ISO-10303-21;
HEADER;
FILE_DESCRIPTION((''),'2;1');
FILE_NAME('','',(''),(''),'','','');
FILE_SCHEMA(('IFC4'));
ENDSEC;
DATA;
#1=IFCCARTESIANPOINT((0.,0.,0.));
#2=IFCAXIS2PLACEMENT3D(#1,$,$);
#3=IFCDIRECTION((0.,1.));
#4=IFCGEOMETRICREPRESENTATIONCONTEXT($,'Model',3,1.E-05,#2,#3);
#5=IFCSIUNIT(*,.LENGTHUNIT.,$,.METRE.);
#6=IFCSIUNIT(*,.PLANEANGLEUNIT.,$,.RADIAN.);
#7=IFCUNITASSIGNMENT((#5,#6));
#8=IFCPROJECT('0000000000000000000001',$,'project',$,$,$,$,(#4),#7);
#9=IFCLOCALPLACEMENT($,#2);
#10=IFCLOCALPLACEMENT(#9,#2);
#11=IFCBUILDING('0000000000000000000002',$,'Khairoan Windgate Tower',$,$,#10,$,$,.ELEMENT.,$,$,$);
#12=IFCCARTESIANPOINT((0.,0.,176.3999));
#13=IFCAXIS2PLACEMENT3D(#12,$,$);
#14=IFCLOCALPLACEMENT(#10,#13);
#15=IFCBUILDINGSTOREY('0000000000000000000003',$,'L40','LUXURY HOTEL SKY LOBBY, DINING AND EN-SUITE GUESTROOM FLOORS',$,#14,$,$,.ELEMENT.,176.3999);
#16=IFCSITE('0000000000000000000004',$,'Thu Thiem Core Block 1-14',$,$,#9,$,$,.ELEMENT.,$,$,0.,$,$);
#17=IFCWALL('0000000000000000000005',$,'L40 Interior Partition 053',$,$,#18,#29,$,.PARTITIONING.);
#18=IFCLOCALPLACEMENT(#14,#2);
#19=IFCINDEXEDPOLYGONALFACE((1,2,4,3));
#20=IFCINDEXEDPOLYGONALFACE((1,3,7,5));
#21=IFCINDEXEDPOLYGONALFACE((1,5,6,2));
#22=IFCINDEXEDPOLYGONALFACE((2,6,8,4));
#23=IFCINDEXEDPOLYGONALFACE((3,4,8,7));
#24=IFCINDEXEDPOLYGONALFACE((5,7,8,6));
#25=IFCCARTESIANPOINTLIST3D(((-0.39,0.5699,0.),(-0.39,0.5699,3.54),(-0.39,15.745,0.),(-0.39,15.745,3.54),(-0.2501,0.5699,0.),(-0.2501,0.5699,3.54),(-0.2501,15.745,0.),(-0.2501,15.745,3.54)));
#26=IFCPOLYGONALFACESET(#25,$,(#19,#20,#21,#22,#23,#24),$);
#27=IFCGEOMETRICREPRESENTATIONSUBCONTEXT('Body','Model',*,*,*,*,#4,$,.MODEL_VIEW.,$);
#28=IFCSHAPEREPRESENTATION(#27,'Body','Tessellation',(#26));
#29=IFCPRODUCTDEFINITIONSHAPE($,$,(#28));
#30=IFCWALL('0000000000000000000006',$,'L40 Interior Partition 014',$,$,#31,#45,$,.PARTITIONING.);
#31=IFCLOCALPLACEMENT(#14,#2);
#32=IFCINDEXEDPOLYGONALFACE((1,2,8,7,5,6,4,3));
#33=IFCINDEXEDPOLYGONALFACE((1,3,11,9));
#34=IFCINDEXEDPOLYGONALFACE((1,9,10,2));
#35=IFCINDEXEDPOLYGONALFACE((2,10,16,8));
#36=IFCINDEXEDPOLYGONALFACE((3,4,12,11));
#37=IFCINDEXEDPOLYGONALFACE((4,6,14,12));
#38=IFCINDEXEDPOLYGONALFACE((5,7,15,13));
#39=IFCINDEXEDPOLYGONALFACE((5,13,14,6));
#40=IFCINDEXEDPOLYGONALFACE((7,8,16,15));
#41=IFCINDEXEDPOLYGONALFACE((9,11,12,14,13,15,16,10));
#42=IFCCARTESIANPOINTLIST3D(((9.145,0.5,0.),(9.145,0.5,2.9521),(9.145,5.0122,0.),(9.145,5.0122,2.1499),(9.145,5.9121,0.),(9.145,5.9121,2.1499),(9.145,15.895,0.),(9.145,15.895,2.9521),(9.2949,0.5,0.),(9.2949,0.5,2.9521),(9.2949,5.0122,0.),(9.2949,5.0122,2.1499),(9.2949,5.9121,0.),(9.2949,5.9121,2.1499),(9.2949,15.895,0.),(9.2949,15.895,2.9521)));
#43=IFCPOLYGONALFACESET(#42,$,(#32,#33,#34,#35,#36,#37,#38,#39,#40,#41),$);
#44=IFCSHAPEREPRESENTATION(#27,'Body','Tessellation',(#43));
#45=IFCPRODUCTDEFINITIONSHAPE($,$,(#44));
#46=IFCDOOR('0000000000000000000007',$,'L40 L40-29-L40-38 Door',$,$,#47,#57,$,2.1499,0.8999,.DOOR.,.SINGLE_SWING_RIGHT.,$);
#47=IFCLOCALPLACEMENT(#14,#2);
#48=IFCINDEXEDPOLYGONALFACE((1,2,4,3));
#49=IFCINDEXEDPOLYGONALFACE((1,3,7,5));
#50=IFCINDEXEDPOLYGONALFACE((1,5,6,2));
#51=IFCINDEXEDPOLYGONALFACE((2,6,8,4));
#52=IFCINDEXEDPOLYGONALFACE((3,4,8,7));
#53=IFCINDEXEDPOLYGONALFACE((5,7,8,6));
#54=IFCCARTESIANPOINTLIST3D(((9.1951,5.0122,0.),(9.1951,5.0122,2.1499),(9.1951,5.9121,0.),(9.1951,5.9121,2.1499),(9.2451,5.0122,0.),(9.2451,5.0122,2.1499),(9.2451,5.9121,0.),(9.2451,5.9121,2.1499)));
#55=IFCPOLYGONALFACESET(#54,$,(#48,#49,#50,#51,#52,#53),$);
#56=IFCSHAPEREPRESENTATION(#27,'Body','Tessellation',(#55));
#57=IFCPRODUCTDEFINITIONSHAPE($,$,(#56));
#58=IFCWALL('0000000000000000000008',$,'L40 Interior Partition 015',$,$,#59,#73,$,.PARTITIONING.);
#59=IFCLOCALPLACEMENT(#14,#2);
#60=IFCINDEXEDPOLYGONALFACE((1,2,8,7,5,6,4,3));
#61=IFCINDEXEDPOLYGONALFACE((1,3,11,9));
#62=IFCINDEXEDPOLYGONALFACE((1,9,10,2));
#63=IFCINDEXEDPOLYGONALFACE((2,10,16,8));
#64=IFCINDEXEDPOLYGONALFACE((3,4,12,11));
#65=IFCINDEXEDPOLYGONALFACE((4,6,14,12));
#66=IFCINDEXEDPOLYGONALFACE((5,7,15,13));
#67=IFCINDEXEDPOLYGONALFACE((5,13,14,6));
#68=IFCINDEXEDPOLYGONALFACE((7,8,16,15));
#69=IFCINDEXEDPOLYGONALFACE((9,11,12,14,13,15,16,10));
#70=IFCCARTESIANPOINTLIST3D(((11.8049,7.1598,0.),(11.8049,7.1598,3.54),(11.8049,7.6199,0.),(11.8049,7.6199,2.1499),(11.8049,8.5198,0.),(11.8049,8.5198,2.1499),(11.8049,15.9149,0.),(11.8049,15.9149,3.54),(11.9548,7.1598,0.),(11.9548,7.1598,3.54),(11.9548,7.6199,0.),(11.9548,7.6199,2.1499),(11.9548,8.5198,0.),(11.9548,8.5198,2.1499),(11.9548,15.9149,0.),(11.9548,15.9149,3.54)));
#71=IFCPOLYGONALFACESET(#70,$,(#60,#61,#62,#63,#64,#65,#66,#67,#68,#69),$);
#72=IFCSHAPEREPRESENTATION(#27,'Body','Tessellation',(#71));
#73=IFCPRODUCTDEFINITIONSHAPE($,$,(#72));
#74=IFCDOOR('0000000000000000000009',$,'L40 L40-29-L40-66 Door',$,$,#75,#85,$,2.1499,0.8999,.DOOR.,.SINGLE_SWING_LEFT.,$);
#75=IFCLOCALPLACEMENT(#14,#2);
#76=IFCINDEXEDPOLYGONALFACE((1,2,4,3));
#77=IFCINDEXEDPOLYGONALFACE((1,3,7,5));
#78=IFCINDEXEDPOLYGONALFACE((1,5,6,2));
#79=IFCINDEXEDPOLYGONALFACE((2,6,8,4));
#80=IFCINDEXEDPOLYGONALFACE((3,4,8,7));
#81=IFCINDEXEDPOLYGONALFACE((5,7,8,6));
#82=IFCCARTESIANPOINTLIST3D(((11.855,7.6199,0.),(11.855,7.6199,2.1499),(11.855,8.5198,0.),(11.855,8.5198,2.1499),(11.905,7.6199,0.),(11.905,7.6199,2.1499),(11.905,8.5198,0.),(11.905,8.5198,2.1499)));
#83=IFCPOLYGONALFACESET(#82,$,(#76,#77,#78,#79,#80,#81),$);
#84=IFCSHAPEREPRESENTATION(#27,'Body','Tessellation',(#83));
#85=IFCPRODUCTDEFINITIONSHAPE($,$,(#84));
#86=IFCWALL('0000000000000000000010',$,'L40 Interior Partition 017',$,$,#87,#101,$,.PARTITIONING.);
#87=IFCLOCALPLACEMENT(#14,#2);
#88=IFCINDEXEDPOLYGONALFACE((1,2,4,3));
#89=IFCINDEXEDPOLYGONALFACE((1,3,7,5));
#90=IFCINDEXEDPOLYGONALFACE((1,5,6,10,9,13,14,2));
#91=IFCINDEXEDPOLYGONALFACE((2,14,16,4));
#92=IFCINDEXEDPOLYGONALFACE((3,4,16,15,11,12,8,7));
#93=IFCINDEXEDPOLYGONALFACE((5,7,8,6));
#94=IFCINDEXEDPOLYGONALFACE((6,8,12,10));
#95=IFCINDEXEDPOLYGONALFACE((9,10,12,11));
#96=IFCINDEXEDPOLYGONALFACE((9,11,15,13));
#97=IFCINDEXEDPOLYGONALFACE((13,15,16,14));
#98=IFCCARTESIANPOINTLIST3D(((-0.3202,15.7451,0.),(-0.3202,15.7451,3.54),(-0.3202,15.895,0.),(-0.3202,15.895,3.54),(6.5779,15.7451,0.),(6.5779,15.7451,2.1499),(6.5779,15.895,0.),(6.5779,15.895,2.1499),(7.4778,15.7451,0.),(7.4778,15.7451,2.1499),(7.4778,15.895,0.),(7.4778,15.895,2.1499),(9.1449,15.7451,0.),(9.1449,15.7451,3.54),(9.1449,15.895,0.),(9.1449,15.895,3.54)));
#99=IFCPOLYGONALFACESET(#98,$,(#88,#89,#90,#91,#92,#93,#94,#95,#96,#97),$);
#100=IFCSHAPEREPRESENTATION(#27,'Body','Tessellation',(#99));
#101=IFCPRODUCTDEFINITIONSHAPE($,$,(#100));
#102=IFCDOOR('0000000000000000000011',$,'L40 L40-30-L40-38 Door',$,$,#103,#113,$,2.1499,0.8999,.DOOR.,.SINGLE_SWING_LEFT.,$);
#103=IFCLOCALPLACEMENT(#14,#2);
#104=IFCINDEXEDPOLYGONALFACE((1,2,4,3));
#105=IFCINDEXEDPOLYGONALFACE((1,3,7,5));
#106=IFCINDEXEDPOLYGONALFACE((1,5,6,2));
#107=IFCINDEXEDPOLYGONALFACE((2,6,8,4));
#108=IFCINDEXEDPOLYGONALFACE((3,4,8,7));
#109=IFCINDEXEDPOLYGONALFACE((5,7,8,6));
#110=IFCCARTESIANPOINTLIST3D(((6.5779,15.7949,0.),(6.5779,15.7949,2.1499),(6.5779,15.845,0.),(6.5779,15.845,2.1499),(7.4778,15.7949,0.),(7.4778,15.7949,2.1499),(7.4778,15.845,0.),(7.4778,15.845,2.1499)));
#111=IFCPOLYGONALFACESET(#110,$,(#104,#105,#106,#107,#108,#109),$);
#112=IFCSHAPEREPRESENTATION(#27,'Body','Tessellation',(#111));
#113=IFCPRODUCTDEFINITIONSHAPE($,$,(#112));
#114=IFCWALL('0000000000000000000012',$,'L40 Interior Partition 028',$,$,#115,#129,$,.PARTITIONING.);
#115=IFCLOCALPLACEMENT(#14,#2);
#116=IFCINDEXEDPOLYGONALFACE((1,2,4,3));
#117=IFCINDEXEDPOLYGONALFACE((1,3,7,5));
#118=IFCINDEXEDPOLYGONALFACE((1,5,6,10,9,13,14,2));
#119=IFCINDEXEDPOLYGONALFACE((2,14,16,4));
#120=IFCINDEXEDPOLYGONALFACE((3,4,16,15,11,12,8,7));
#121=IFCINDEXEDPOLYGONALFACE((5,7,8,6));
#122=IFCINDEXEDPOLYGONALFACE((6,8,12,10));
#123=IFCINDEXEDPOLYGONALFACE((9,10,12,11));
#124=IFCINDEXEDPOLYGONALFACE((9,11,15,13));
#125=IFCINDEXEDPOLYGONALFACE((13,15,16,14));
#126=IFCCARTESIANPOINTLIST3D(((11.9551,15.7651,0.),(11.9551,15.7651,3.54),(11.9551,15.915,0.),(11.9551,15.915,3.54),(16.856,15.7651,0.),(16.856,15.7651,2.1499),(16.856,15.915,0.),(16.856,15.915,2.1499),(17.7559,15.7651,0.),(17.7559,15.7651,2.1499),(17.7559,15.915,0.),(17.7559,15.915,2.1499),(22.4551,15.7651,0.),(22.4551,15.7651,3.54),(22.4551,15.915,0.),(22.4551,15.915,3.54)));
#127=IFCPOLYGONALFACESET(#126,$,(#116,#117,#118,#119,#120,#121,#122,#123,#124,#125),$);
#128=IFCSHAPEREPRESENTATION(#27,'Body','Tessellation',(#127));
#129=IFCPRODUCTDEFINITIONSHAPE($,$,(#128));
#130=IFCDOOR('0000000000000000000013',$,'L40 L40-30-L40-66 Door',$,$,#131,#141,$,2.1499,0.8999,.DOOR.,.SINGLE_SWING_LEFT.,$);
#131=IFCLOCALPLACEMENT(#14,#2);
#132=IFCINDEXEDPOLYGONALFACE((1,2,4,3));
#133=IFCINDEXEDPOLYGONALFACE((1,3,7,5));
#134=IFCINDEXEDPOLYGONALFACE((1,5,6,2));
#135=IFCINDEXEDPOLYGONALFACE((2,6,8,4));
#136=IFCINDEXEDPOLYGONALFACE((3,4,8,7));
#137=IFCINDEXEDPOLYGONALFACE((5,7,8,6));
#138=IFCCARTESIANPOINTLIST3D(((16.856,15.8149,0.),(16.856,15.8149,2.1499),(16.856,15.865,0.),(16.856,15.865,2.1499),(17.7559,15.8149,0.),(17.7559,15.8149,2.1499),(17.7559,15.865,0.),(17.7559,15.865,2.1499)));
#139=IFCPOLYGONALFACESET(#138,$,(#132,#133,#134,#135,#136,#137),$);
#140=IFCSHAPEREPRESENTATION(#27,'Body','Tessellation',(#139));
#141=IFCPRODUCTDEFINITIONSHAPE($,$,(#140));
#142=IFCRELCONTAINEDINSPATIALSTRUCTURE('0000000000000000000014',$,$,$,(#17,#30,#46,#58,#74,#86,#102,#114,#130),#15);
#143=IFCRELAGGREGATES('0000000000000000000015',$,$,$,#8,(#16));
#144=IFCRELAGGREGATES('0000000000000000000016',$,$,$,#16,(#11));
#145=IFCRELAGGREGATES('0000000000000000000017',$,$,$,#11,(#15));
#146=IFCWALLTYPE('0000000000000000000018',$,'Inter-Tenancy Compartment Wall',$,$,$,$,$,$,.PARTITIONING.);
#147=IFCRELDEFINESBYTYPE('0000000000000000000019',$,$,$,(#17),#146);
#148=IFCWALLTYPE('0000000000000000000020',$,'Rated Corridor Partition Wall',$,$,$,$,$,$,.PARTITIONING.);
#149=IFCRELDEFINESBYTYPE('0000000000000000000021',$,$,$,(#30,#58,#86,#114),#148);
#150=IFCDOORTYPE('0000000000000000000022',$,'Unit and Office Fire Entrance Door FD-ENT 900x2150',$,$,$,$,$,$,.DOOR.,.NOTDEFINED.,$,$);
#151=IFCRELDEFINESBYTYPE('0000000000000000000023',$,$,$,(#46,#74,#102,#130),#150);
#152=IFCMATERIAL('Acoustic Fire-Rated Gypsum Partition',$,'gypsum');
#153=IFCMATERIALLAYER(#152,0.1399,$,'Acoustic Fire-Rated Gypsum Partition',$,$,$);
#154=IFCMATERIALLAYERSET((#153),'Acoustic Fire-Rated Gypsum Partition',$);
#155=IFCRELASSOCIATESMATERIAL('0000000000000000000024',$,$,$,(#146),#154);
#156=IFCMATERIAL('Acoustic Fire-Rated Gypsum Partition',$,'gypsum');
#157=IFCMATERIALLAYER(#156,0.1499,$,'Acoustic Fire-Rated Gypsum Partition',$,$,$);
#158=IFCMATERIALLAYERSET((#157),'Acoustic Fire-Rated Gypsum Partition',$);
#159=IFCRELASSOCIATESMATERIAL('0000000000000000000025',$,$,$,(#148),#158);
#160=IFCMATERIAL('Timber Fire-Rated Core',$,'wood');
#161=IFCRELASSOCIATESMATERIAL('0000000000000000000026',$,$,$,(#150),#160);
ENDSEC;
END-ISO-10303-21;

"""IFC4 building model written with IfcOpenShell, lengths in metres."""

from ifc_helpers import new_model, si_unit, direction, frame, frame_2d, origin, place, context, subcontext, project, spatial, rectangle, extrude, material, layer, layer_set, type_object, element, fill, save


model = new_model("IFC4")

# Units and contexts
model_context = context("Model", 3, precision=1e-05, world=origin(), true_north=direction((0.0, 1.0)))
body_context = subcontext(model_context, "Body", "Model", "MODEL_VIEW")
ifc_project = project(units=[si_unit("LENGTHUNIT", "METRE"), si_unit("PLANEANGLEUNIT", "RADIAN")], contexts=[model_context])

# Site, building, storey
site_placement = place(None, origin())
site = spatial("IfcSite", under=ifc_project, at=site_placement, Name="Thu Thiem Core Block 1-14", CompositionType="ELEMENT", RefElevation=0.0)
building_placement = place(site_placement, origin())
building = spatial("IfcBuilding", under=site, at=building_placement, Name="Khairoan Windgate Tower", CompositionType="ELEMENT")
storey_placement = place(building_placement, frame((0.0, 0.0, 176.3999)))
storey = spatial("IfcBuildingStorey", under=building, at=storey_placement, Name="L40", Description="LUXURY HOTEL SKY LOBBY, DINING AND EN-SUITE GUESTROOM FLOORS", CompositionType="ELEMENT", Elevation=176.3999)

# Wall
ifc_material_1 = material(Name="Acoustic Fire-Rated Gypsum Partition", Category="gypsum")
ifc_layer_1 = layer(ifc_material_1, 0.1399, Name="Acoustic Fire-Rated Gypsum Partition")
ifc_layer_set_1 = layer_set([ifc_layer_1], Name="Acoustic Fire-Rated Gypsum Partition")
wall_type_1 = type_object("IfcWallType", Name="Inter-Tenancy Compartment Wall", PredefinedType="PARTITIONING", material=ifc_layer_set_1)
wall_1_placement = place(storey_placement, frame((-0.3201, 0.5701, 0.0), z_axis=(0.0, 0.0, 1.0), x_axis=(0.0, 1.0, 0.0)))
element("IfcWall", 1, at=wall_1_placement, inside=storey, type_object=wall_type_1, Name="L40 Interior Partition 053", PredefinedType="PARTITIONING", context=body_context, shape_type="SweptSolid", body=[
    extrude(rectangle(XDim=15.175, YDim=0.1399, at=frame_2d((7.5874, 0.0))), origin(), (0.0, 0.0, 1.0), 3.54),
])

# Walls, openings, doors
ifc_material_2 = material(Name="Acoustic Fire-Rated Gypsum Partition", Category="gypsum")
ifc_layer_2 = layer(ifc_material_2, 0.1499, Name="Acoustic Fire-Rated Gypsum Partition")
ifc_layer_set_2 = layer_set([ifc_layer_2], Name="Acoustic Fire-Rated Gypsum Partition")
wall_type_2 = type_object("IfcWallType", Name="Rated Corridor Partition Wall", PredefinedType="PARTITIONING", material=ifc_layer_set_2)
wall_2_placement = place(storey_placement, frame((9.22, 0.5, 0.0), z_axis=(0.0, 0.0, 1.0), x_axis=(0.0, 1.0, 0.0)))
wall_2 = element("IfcWall", 2, at=wall_2_placement, inside=storey, type_object=wall_type_2, Name="L40 Interior Partition 014", PredefinedType="PARTITIONING", context=body_context, shape_type="SweptSolid", body=[
    extrude(rectangle(XDim=15.395, YDim=0.1499, at=frame_2d((7.6975, 0.0))), origin(), (0.0, 0.0, 1.0), 2.9521),
])
opening_1_placement = place(wall_2_placement, frame((4.5122, 0.0, 0.0)))
opening_1 = element("IfcOpeningElement", 3, at=opening_1_placement, cuts=wall_2, PredefinedType="OPENING", context=body_context, shape_type="SweptSolid", body=[
    extrude(rectangle(XDim=0.8999, YDim=2.1499, at=frame_2d((0.45, 1.075))), frame((0.0, 0.085, 0.0), z_axis=(0.0, -1.0, 0.0), x_axis=(1.0, 0.0, 0.0)), (0.0, 0.0, 1.0), 0.1699),
])
ifc_material_3 = material(Name="Timber Fire-Rated Core", Category="wood")
door_type = type_object("IfcDoorType", Name="Unit and Office Fire Entrance Door FD-ENT 900x2150", OperationType="NOTDEFINED", PredefinedType="DOOR", material=ifc_material_3)
door_1_placement = place(opening_1_placement, origin())
door_1 = element("IfcDoor", 4, at=door_1_placement, inside=storey, type_object=door_type, Name="L40 L40-29-L40-38 Door", OperationType="SINGLE_SWING_RIGHT", OverallHeight=2.1499, OverallWidth=0.8999, PredefinedType="DOOR", context=body_context, shape_type="SweptSolid", body=[
    extrude(rectangle(XDim=0.8999, YDim=2.1499, at=frame_2d((0.45, 1.075))), frame((0.0, 0.0249, 0.0), z_axis=(0.0, -1.0, 0.0), x_axis=(1.0, 0.0, 0.0)), (0.0, 0.0, 1.0), 0.05),
])
fill(opening_1, door_1)
wall_3_placement = place(storey_placement, frame((11.8799, 7.1599, 0.0), z_axis=(0.0, 0.0, 1.0), x_axis=(0.0, 1.0, 0.0)))
wall_3 = element("IfcWall", 5, at=wall_3_placement, inside=storey, type_object=wall_type_2, Name="L40 Interior Partition 015", PredefinedType="PARTITIONING", context=body_context, shape_type="SweptSolid", body=[
    extrude(rectangle(XDim=8.7551, YDim=0.1499, at=frame_2d((4.3774, 0.0))), origin(), (0.0, 0.0, 1.0), 3.54),
])
opening_2_placement = place(wall_3_placement, frame((0.46, 0.0, 0.0)))
opening_2 = element("IfcOpeningElement", 6, at=opening_2_placement, cuts=wall_3, PredefinedType="OPENING", context=body_context, shape_type="SweptSolid", body=[
    extrude(rectangle(XDim=0.8999, YDim=2.1499, at=frame_2d((0.45, 1.075))), frame((0.0, 0.085, 0.0), z_axis=(0.0, -1.0, 0.0), x_axis=(1.0, 0.0, 0.0)), (0.0, 0.0, 1.0), 0.1699),
])
door_2_placement = place(opening_2_placement, origin())
door_2 = element("IfcDoor", 7, at=door_2_placement, inside=storey, type_object=door_type, Name="L40 L40-29-L40-66 Door", OperationType="SINGLE_SWING_LEFT", OverallHeight=2.1499, OverallWidth=0.8999, PredefinedType="DOOR", context=body_context, shape_type="SweptSolid", body=[
    extrude(rectangle(XDim=0.8999, YDim=2.1499, at=frame_2d((0.45, 1.075))), frame((0.0, 0.0249, 0.0), z_axis=(0.0, -1.0, 0.0), x_axis=(1.0, 0.0, 0.0)), (0.0, 0.0, 1.0), 0.05),
])
fill(opening_2, door_2)
wall_4_placement = place(storey_placement, frame((-0.3201, 15.8201, 0.0), z_axis=(0.0, 0.0, 1.0), x_axis=(1.0, 0.0, 0.0)))
wall_4 = element("IfcWall", 8, at=wall_4_placement, inside=storey, type_object=wall_type_2, Name="L40 Interior Partition 017", PredefinedType="PARTITIONING", context=body_context, shape_type="SweptSolid", body=[
    extrude(rectangle(XDim=9.4651, YDim=0.1499, at=frame_2d((4.7324, 0.0))), origin(), (0.0, 0.0, 1.0), 3.54),
])
opening_3_placement = place(wall_4_placement, frame((6.8979, 0.0, 0.0)))
opening_3 = element("IfcOpeningElement", 9, at=opening_3_placement, cuts=wall_4, PredefinedType="OPENING", context=body_context, shape_type="SweptSolid", body=[
    extrude(rectangle(XDim=0.8999, YDim=2.1499, at=frame_2d((0.45, 1.075))), frame((0.0, 0.085, 0.0), z_axis=(0.0, -1.0, 0.0), x_axis=(1.0, 0.0, 0.0)), (0.0, 0.0, 1.0), 0.1699),
])
door_3_placement = place(opening_3_placement, origin())
door_3 = element("IfcDoor", 10, at=door_3_placement, inside=storey, type_object=door_type, Name="L40 L40-30-L40-38 Door", OperationType="SINGLE_SWING_LEFT", OverallHeight=2.1499, OverallWidth=0.8999, PredefinedType="DOOR", context=body_context, shape_type="SweptSolid", body=[
    extrude(rectangle(XDim=0.8999, YDim=2.1499, at=frame_2d((0.45, 1.075))), frame((0.0, 0.0249, 0.0), z_axis=(0.0, -1.0, 0.0), x_axis=(1.0, 0.0, 0.0)), (0.0, 0.0, 1.0), 0.05),
])
fill(opening_3, door_3)
wall_5_placement = place(storey_placement, frame((11.9551, 15.8401, 0.0), z_axis=(0.0, 0.0, 1.0), x_axis=(1.0, 0.0, 0.0)))
wall_5 = element("IfcWall", 11, at=wall_5_placement, inside=storey, type_object=wall_type_2, Name="L40 Interior Partition 028", PredefinedType="PARTITIONING", context=body_context, shape_type="SweptSolid", body=[
    extrude(rectangle(XDim=10.5, YDim=0.1499, at=frame_2d((5.25, 0.0))), origin(), (0.0, 0.0, 1.0), 3.54),
])
opening_4_placement = place(wall_5_placement, frame((4.9009, 0.0, 0.0)))
opening_4 = element("IfcOpeningElement", 12, at=opening_4_placement, cuts=wall_5, PredefinedType="OPENING", context=body_context, shape_type="SweptSolid", body=[
    extrude(rectangle(XDim=0.8999, YDim=2.1499, at=frame_2d((0.45, 1.075))), frame((0.0, 0.085, 0.0), z_axis=(0.0, -1.0, 0.0), x_axis=(1.0, 0.0, 0.0)), (0.0, 0.0, 1.0), 0.1699),
])
door_4_placement = place(opening_4_placement, origin())
door_4 = element("IfcDoor", 13, at=door_4_placement, inside=storey, type_object=door_type, Name="L40 L40-30-L40-66 Door", OperationType="SINGLE_SWING_LEFT", OverallHeight=2.1499, OverallWidth=0.8999, PredefinedType="DOOR", context=body_context, shape_type="SweptSolid", body=[
    extrude(rectangle(XDim=0.8999, YDim=2.1499, at=frame_2d((0.45, 1.075))), frame((0.0, 0.0249, 0.0), z_axis=(0.0, -1.0, 0.0), x_axis=(1.0, 0.0, 0.0)), (0.0, 0.0, 1.0), 0.05),
])
fill(opening_4, door_4)

save(model, "model.ifc")
